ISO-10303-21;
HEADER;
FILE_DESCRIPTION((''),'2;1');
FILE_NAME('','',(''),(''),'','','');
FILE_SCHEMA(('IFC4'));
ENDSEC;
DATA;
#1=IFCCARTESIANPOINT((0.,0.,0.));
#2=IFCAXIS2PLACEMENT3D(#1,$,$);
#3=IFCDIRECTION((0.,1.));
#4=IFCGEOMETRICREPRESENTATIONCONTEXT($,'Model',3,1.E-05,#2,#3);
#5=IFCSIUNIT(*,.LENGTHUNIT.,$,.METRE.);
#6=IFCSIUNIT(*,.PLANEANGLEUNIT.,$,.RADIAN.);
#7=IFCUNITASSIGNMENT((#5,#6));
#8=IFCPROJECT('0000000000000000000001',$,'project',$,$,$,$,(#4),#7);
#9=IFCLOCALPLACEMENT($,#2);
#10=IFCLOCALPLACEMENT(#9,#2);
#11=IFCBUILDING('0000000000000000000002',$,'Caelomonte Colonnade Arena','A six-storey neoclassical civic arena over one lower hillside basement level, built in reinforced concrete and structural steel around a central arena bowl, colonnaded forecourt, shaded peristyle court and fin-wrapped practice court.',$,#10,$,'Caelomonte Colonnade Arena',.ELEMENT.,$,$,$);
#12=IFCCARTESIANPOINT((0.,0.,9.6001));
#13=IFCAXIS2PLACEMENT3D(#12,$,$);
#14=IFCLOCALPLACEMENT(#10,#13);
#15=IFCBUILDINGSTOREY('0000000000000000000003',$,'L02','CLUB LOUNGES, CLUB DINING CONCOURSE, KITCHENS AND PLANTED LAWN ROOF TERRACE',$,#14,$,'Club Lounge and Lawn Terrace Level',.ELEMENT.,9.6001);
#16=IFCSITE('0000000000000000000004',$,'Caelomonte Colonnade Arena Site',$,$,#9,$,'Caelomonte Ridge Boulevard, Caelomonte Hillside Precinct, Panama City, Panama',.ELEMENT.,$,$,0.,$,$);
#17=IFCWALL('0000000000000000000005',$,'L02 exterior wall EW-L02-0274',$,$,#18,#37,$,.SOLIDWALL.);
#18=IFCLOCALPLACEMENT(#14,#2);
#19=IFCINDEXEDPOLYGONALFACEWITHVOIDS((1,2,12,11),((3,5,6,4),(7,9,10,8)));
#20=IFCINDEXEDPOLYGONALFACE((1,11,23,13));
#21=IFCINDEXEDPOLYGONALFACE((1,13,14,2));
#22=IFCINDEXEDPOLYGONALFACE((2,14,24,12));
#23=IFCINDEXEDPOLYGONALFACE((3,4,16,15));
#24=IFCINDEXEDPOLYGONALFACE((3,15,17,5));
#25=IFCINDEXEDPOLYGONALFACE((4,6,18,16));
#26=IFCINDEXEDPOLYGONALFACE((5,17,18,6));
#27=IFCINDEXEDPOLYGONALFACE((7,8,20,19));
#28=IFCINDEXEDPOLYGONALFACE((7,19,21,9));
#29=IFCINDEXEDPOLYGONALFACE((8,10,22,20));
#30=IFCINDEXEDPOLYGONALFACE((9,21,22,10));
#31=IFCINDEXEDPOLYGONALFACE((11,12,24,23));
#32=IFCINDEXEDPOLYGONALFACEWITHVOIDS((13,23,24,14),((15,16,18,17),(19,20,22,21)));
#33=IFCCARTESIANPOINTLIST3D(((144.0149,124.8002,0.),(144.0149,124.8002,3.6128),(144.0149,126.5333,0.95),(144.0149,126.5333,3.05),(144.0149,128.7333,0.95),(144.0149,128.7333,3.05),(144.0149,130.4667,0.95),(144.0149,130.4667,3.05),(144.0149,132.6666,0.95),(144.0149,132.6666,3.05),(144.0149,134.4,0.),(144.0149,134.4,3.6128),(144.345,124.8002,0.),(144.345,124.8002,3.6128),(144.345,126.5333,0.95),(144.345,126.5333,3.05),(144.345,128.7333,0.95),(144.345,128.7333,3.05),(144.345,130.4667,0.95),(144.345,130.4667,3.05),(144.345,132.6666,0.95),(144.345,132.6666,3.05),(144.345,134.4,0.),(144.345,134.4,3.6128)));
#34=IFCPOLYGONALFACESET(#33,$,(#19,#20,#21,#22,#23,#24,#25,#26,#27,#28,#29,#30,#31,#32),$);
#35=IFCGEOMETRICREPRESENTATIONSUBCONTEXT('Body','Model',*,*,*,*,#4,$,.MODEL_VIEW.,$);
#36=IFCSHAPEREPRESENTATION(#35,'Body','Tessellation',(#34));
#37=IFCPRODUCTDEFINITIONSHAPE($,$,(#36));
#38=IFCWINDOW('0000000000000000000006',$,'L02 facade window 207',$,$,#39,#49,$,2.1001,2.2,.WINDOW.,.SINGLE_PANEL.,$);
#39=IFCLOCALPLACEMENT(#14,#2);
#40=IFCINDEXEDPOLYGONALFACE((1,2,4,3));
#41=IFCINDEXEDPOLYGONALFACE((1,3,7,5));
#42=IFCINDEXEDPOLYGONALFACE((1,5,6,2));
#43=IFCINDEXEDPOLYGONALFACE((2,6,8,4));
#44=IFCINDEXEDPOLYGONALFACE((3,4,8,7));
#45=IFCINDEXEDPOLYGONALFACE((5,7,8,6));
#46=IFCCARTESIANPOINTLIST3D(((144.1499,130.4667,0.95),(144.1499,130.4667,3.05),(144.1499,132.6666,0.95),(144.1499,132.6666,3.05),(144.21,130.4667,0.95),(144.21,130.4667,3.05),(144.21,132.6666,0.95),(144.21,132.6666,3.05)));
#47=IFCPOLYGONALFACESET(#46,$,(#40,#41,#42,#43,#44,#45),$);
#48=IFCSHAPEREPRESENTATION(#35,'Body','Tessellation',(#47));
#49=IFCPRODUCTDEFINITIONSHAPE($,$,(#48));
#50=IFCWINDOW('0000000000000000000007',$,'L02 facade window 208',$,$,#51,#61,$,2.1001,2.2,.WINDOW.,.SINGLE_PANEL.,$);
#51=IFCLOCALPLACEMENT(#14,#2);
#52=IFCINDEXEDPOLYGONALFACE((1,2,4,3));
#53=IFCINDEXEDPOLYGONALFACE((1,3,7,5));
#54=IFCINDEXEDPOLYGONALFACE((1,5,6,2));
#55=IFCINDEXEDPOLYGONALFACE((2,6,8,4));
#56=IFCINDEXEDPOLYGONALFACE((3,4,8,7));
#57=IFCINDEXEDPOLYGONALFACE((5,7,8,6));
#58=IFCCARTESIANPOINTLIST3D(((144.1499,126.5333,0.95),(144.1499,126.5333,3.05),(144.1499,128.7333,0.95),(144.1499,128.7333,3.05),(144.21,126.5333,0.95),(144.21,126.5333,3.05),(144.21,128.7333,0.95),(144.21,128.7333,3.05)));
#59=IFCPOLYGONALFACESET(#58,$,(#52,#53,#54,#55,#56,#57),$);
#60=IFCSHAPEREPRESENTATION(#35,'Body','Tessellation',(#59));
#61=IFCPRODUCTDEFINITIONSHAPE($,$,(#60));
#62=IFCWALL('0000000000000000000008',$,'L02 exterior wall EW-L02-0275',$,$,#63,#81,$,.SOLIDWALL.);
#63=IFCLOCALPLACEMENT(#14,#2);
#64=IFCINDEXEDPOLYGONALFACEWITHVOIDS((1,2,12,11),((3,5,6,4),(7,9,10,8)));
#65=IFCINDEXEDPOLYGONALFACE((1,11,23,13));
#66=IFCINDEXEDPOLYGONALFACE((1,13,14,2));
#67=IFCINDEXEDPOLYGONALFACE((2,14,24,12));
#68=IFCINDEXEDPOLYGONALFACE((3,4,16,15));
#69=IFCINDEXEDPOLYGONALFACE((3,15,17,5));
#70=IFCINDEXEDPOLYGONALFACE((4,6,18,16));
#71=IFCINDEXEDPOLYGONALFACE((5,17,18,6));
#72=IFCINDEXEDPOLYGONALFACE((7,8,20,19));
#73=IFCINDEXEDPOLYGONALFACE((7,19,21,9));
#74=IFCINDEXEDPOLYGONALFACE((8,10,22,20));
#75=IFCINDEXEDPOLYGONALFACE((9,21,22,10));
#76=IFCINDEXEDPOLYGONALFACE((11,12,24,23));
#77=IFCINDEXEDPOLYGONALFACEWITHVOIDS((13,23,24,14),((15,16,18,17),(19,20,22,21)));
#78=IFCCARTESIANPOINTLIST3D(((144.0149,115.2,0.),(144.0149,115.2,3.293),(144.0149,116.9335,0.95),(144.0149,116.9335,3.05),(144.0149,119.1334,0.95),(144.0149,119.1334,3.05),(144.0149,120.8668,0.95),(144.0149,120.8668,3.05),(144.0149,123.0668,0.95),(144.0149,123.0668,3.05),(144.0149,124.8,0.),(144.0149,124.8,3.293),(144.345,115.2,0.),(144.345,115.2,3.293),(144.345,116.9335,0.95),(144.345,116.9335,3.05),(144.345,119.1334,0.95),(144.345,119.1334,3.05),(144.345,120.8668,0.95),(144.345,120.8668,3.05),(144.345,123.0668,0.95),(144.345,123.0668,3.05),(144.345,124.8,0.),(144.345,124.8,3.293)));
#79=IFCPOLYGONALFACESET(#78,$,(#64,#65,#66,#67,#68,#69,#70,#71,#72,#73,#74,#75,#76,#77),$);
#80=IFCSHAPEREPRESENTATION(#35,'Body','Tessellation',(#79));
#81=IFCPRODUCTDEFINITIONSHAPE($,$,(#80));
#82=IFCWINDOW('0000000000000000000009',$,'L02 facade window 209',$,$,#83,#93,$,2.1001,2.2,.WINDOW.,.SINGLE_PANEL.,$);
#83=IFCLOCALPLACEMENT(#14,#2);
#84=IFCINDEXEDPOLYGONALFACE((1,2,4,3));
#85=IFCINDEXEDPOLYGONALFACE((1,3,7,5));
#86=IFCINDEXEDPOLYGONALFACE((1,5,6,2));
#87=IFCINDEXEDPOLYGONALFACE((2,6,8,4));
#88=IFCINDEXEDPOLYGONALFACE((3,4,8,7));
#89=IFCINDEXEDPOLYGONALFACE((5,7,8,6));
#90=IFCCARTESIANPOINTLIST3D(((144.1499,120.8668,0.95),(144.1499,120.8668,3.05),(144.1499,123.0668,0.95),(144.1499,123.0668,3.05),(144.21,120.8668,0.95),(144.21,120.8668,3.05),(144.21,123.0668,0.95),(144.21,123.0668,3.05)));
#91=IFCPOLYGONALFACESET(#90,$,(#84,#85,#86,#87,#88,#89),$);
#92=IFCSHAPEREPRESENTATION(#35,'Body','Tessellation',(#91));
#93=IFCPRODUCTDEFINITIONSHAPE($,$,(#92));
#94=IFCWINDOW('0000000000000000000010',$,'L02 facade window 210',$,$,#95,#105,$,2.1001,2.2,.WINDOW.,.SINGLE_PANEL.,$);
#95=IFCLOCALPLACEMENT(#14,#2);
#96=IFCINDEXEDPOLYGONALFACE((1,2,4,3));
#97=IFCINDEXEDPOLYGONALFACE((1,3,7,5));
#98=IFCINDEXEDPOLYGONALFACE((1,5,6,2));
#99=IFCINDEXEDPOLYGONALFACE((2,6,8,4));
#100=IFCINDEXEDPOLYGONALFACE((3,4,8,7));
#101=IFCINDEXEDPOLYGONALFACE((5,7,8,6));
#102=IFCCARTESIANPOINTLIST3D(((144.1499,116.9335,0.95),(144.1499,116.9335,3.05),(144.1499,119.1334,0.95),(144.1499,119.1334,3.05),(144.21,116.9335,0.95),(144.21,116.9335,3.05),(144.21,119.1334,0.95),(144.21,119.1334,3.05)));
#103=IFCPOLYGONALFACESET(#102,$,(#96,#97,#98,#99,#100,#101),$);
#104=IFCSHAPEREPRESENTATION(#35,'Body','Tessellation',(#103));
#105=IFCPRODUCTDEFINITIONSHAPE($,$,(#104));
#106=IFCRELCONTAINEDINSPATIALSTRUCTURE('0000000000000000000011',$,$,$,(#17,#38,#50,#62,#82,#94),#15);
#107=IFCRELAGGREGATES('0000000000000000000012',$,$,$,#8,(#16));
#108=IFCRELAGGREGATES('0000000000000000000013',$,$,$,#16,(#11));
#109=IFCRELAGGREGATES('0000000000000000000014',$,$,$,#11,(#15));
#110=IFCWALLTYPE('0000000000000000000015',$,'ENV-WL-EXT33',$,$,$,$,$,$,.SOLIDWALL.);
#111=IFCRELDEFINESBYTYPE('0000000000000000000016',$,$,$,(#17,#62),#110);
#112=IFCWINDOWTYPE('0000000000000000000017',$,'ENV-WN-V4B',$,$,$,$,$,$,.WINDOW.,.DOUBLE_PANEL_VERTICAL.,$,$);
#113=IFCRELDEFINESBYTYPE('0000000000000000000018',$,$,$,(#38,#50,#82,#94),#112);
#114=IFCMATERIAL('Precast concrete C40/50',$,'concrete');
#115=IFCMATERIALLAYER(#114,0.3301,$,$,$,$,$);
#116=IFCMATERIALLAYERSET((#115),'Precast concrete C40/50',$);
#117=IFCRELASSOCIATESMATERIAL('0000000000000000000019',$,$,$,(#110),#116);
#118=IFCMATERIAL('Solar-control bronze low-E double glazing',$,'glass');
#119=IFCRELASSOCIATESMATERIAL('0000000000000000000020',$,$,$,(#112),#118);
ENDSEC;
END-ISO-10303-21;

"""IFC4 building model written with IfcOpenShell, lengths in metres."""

from ifc_helpers import new_model, si_unit, direction, frame, frame_2d, origin, place, context, subcontext, project, spatial, rectangle, extrude, material, layer, layer_set, type_object, element, fill, save


model = new_model("IFC4")

# Units and contexts
model_context = context("Model", 3, precision=1e-05, world=origin(), true_north=direction((0.0, 1.0)))
body_context = subcontext(model_context, "Body", "Model", "MODEL_VIEW")
ifc_project = project(units=[si_unit("LENGTHUNIT", "METRE"), si_unit("PLANEANGLEUNIT", "RADIAN")], contexts=[model_context])

# Site, building, storey
site_placement = place(None, origin())
site = spatial("IfcSite", under=ifc_project, at=site_placement, Name="Caelomonte Colonnade Arena Site", LongName="Caelomonte Ridge Boulevard, Caelomonte Hillside Precinct, Panama City, Panama", CompositionType="ELEMENT", RefElevation=0.0)
building_placement = place(site_placement, origin())
building = spatial("IfcBuilding", under=site, at=building_placement, Name="Caelomonte Colonnade Arena", Description="A six-storey neoclassical civic arena over one lower hillside basement level, built in reinforced concrete and structural steel around a central arena bowl, colonnaded forecourt, shaded peristyle court and fin-wrapped practice court.", LongName="Caelomonte Colonnade Arena", CompositionType="ELEMENT")
storey_placement = place(building_placement, frame((0.0, 0.0, 9.6001)))
storey = spatial("IfcBuildingStorey", under=building, at=storey_placement, Name="L02", Description="CLUB LOUNGES, CLUB DINING CONCOURSE, KITCHENS AND PLANTED LAWN ROOF TERRACE", LongName="Club Lounge and Lawn Terrace Level", CompositionType="ELEMENT", Elevation=9.6001)

# Walls, openings, windows
ifc_material_1 = material(Name="Precast concrete C40/50", Category="concrete")
ifc_layer = layer(ifc_material_1, 0.3301)
ifc_layer_set = layer_set([ifc_layer], Name="Precast concrete C40/50")
wall_type = type_object("IfcWallType", Name="ENV-WL-EXT33", PredefinedType="SOLIDWALL", material=ifc_layer_set)
ifc_material_2 = material(Name="Solar-control bronze low-E double glazing", Category="glass")
window_type = type_object("IfcWindowType", Name="ENV-WN-V4B", PartitioningType="DOUBLE_PANEL_VERTICAL", PredefinedType="WINDOW", material=ifc_material_2)
wall_1_placement = place(storey_placement, frame((144.1799, 134.3999, 0.0), z_axis=(0.0, 0.0, 1.0), x_axis=(0.0, -1.0, 0.0)))
wall_1 = element("IfcWall", 1, at=wall_1_placement, inside=storey, type_object=wall_type, Name="L02 exterior wall EW-L02-0274", PredefinedType="SOLIDWALL", context=body_context, shape_type="SweptSolid", body=[
    extrude(rectangle(XDim=9.5999, YDim=0.3301, at=frame_2d((4.7998, 0.0))), origin(), (0.0, 0.0, 1.0), 3.6128),
])
opening_1_placement = place(wall_1_placement, frame((3.9333, 0.0, 0.95), z_axis=(0.0, 0.0, 1.0), x_axis=(-1.0, 0.0, 0.0)))
opening_1 = element("IfcOpeningElement", 2, at=opening_1_placement, cuts=wall_1, PredefinedType="OPENING", context=body_context, shape_type="SweptSolid", body=[
    extrude(rectangle(XDim=2.2, YDim=2.1001, at=frame_2d((1.1001, 1.05))), frame((0.0, 0.175, 0.0), z_axis=(0.0, -1.0, 0.0), x_axis=(1.0, 0.0, 0.0)), (0.0, 0.0, 1.0), 0.3501),
])
opening_2_placement = place(wall_1_placement, frame((7.8667, 0.0, 0.95), z_axis=(0.0, 0.0, 1.0), x_axis=(-1.0, 0.0, 0.0)))
opening_2 = element("IfcOpeningElement", 3, at=opening_2_placement, cuts=wall_1, PredefinedType="OPENING", context=body_context, shape_type="SweptSolid", body=[
    extrude(rectangle(XDim=2.2, YDim=2.1001, at=frame_2d((1.1001, 1.05))), frame((0.0, 0.175, 0.0), z_axis=(0.0, -1.0, 0.0), x_axis=(1.0, 0.0, 0.0)), (0.0, 0.0, 1.0), 0.3501),
])
window_1_placement = place(opening_1_placement, origin())
window_1 = element("IfcWindow", 4, at=window_1_placement, inside=storey, type_object=window_type, Name="L02 facade window 207", OverallHeight=2.1001, OverallWidth=2.2, PartitioningType="SINGLE_PANEL", PredefinedType="WINDOW", context=body_context, shape_type="SweptSolid", body=[
    extrude(rectangle(XDim=2.2, YDim=2.1001, at=frame_2d((1.1001, 1.05))), frame((0.0, 0.03, 0.0), z_axis=(0.0, -1.0, 0.0), x_axis=(1.0, 0.0, 0.0)), (0.0, 0.0, 1.0), 0.0601),
])
fill(opening_1, window_1)
window_2_placement = place(opening_2_placement, origin())
window_2 = element("IfcWindow", 5, at=window_2_placement, inside=storey, type_object=window_type, Name="L02 facade window 208", OverallHeight=2.1001, OverallWidth=2.2, PartitioningType="SINGLE_PANEL", PredefinedType="WINDOW", context=body_context, shape_type="SweptSolid", body=[
    extrude(rectangle(XDim=2.2, YDim=2.1001, at=frame_2d((1.1001, 1.05))), frame((0.0, 0.03, 0.0), z_axis=(0.0, -1.0, 0.0), x_axis=(1.0, 0.0, 0.0)), (0.0, 0.0, 1.0), 0.0601),
])
fill(opening_2, window_2)
wall_2_placement = place(storey_placement, frame((144.1799, 124.8, 0.0), z_axis=(0.0, 0.0, 1.0), x_axis=(0.0, -1.0, 0.0)))
wall_2 = element("IfcWall", 6, at=wall_2_placement, inside=storey, type_object=wall_type, Name="L02 exterior wall EW-L02-0275", PredefinedType="SOLIDWALL", context=body_context, shape_type="SweptSolid", body=[
    extrude(rectangle(XDim=9.6001, YDim=0.3301, at=frame_2d((4.8, 0.0))), origin(), (0.0, 0.0, 1.0), 3.293),
])
opening_3_placement = place(wall_2_placement, frame((3.9333, 0.0, 0.95), z_axis=(0.0, 0.0, 1.0), x_axis=(-1.0, 0.0, 0.0)))
opening_3 = element("IfcOpeningElement", 7, at=opening_3_placement, cuts=wall_2, PredefinedType="OPENING", context=body_context, shape_type="SweptSolid", body=[
    extrude(rectangle(XDim=2.2, YDim=2.1001, at=frame_2d((1.1001, 1.05))), frame((0.0, 0.175, 0.0), z_axis=(0.0, -1.0, 0.0), x_axis=(1.0, 0.0, 0.0)), (0.0, 0.0, 1.0), 0.3501),
])
opening_4_placement = place(wall_2_placement, frame((7.8667, 0.0, 0.95), z_axis=(0.0, 0.0, 1.0), x_axis=(-1.0, 0.0, 0.0)))
opening_4 = element("IfcOpeningElement", 8, at=opening_4_placement, cuts=wall_2, PredefinedType="OPENING", context=body_context, shape_type="SweptSolid", body=[
    extrude(rectangle(XDim=2.2, YDim=2.1001, at=frame_2d((1.1001, 1.05))), frame((0.0, 0.175, 0.0), z_axis=(0.0, -1.0, 0.0), x_axis=(1.0, 0.0, 0.0)), (0.0, 0.0, 1.0), 0.3501),
])
window_3_placement = place(opening_3_placement, origin())
window_3 = element("IfcWindow", 9, at=window_3_placement, inside=storey, type_object=window_type, Name="L02 facade window 209", OverallHeight=2.1001, OverallWidth=2.2, PartitioningType="SINGLE_PANEL", PredefinedType="WINDOW", context=body_context, shape_type="SweptSolid", body=[
    extrude(rectangle(XDim=2.2, YDim=2.1001, at=frame_2d((1.1001, 1.05))), frame((0.0, 0.03, 0.0), z_axis=(0.0, -1.0, 0.0), x_axis=(1.0, 0.0, 0.0)), (0.0, 0.0, 1.0), 0.0601),
])
fill(opening_3, window_3)
window_4_placement = place(opening_4_placement, origin())
window_4 = element("IfcWindow", 10, at=window_4_placement, inside=storey, type_object=window_type, Name="L02 facade window 210", OverallHeight=2.1001, OverallWidth=2.2, PartitioningType="SINGLE_PANEL", PredefinedType="WINDOW", context=body_context, shape_type="SweptSolid", body=[
    extrude(rectangle(XDim=2.2, YDim=2.1001, at=frame_2d((1.1001, 1.05))), frame((0.0, 0.03, 0.0), z_axis=(0.0, -1.0, 0.0), x_axis=(1.0, 0.0, 0.0)), (0.0, 0.0, 1.0), 0.0601),
])
fill(opening_4, window_4)

save(model, "model.ifc")
